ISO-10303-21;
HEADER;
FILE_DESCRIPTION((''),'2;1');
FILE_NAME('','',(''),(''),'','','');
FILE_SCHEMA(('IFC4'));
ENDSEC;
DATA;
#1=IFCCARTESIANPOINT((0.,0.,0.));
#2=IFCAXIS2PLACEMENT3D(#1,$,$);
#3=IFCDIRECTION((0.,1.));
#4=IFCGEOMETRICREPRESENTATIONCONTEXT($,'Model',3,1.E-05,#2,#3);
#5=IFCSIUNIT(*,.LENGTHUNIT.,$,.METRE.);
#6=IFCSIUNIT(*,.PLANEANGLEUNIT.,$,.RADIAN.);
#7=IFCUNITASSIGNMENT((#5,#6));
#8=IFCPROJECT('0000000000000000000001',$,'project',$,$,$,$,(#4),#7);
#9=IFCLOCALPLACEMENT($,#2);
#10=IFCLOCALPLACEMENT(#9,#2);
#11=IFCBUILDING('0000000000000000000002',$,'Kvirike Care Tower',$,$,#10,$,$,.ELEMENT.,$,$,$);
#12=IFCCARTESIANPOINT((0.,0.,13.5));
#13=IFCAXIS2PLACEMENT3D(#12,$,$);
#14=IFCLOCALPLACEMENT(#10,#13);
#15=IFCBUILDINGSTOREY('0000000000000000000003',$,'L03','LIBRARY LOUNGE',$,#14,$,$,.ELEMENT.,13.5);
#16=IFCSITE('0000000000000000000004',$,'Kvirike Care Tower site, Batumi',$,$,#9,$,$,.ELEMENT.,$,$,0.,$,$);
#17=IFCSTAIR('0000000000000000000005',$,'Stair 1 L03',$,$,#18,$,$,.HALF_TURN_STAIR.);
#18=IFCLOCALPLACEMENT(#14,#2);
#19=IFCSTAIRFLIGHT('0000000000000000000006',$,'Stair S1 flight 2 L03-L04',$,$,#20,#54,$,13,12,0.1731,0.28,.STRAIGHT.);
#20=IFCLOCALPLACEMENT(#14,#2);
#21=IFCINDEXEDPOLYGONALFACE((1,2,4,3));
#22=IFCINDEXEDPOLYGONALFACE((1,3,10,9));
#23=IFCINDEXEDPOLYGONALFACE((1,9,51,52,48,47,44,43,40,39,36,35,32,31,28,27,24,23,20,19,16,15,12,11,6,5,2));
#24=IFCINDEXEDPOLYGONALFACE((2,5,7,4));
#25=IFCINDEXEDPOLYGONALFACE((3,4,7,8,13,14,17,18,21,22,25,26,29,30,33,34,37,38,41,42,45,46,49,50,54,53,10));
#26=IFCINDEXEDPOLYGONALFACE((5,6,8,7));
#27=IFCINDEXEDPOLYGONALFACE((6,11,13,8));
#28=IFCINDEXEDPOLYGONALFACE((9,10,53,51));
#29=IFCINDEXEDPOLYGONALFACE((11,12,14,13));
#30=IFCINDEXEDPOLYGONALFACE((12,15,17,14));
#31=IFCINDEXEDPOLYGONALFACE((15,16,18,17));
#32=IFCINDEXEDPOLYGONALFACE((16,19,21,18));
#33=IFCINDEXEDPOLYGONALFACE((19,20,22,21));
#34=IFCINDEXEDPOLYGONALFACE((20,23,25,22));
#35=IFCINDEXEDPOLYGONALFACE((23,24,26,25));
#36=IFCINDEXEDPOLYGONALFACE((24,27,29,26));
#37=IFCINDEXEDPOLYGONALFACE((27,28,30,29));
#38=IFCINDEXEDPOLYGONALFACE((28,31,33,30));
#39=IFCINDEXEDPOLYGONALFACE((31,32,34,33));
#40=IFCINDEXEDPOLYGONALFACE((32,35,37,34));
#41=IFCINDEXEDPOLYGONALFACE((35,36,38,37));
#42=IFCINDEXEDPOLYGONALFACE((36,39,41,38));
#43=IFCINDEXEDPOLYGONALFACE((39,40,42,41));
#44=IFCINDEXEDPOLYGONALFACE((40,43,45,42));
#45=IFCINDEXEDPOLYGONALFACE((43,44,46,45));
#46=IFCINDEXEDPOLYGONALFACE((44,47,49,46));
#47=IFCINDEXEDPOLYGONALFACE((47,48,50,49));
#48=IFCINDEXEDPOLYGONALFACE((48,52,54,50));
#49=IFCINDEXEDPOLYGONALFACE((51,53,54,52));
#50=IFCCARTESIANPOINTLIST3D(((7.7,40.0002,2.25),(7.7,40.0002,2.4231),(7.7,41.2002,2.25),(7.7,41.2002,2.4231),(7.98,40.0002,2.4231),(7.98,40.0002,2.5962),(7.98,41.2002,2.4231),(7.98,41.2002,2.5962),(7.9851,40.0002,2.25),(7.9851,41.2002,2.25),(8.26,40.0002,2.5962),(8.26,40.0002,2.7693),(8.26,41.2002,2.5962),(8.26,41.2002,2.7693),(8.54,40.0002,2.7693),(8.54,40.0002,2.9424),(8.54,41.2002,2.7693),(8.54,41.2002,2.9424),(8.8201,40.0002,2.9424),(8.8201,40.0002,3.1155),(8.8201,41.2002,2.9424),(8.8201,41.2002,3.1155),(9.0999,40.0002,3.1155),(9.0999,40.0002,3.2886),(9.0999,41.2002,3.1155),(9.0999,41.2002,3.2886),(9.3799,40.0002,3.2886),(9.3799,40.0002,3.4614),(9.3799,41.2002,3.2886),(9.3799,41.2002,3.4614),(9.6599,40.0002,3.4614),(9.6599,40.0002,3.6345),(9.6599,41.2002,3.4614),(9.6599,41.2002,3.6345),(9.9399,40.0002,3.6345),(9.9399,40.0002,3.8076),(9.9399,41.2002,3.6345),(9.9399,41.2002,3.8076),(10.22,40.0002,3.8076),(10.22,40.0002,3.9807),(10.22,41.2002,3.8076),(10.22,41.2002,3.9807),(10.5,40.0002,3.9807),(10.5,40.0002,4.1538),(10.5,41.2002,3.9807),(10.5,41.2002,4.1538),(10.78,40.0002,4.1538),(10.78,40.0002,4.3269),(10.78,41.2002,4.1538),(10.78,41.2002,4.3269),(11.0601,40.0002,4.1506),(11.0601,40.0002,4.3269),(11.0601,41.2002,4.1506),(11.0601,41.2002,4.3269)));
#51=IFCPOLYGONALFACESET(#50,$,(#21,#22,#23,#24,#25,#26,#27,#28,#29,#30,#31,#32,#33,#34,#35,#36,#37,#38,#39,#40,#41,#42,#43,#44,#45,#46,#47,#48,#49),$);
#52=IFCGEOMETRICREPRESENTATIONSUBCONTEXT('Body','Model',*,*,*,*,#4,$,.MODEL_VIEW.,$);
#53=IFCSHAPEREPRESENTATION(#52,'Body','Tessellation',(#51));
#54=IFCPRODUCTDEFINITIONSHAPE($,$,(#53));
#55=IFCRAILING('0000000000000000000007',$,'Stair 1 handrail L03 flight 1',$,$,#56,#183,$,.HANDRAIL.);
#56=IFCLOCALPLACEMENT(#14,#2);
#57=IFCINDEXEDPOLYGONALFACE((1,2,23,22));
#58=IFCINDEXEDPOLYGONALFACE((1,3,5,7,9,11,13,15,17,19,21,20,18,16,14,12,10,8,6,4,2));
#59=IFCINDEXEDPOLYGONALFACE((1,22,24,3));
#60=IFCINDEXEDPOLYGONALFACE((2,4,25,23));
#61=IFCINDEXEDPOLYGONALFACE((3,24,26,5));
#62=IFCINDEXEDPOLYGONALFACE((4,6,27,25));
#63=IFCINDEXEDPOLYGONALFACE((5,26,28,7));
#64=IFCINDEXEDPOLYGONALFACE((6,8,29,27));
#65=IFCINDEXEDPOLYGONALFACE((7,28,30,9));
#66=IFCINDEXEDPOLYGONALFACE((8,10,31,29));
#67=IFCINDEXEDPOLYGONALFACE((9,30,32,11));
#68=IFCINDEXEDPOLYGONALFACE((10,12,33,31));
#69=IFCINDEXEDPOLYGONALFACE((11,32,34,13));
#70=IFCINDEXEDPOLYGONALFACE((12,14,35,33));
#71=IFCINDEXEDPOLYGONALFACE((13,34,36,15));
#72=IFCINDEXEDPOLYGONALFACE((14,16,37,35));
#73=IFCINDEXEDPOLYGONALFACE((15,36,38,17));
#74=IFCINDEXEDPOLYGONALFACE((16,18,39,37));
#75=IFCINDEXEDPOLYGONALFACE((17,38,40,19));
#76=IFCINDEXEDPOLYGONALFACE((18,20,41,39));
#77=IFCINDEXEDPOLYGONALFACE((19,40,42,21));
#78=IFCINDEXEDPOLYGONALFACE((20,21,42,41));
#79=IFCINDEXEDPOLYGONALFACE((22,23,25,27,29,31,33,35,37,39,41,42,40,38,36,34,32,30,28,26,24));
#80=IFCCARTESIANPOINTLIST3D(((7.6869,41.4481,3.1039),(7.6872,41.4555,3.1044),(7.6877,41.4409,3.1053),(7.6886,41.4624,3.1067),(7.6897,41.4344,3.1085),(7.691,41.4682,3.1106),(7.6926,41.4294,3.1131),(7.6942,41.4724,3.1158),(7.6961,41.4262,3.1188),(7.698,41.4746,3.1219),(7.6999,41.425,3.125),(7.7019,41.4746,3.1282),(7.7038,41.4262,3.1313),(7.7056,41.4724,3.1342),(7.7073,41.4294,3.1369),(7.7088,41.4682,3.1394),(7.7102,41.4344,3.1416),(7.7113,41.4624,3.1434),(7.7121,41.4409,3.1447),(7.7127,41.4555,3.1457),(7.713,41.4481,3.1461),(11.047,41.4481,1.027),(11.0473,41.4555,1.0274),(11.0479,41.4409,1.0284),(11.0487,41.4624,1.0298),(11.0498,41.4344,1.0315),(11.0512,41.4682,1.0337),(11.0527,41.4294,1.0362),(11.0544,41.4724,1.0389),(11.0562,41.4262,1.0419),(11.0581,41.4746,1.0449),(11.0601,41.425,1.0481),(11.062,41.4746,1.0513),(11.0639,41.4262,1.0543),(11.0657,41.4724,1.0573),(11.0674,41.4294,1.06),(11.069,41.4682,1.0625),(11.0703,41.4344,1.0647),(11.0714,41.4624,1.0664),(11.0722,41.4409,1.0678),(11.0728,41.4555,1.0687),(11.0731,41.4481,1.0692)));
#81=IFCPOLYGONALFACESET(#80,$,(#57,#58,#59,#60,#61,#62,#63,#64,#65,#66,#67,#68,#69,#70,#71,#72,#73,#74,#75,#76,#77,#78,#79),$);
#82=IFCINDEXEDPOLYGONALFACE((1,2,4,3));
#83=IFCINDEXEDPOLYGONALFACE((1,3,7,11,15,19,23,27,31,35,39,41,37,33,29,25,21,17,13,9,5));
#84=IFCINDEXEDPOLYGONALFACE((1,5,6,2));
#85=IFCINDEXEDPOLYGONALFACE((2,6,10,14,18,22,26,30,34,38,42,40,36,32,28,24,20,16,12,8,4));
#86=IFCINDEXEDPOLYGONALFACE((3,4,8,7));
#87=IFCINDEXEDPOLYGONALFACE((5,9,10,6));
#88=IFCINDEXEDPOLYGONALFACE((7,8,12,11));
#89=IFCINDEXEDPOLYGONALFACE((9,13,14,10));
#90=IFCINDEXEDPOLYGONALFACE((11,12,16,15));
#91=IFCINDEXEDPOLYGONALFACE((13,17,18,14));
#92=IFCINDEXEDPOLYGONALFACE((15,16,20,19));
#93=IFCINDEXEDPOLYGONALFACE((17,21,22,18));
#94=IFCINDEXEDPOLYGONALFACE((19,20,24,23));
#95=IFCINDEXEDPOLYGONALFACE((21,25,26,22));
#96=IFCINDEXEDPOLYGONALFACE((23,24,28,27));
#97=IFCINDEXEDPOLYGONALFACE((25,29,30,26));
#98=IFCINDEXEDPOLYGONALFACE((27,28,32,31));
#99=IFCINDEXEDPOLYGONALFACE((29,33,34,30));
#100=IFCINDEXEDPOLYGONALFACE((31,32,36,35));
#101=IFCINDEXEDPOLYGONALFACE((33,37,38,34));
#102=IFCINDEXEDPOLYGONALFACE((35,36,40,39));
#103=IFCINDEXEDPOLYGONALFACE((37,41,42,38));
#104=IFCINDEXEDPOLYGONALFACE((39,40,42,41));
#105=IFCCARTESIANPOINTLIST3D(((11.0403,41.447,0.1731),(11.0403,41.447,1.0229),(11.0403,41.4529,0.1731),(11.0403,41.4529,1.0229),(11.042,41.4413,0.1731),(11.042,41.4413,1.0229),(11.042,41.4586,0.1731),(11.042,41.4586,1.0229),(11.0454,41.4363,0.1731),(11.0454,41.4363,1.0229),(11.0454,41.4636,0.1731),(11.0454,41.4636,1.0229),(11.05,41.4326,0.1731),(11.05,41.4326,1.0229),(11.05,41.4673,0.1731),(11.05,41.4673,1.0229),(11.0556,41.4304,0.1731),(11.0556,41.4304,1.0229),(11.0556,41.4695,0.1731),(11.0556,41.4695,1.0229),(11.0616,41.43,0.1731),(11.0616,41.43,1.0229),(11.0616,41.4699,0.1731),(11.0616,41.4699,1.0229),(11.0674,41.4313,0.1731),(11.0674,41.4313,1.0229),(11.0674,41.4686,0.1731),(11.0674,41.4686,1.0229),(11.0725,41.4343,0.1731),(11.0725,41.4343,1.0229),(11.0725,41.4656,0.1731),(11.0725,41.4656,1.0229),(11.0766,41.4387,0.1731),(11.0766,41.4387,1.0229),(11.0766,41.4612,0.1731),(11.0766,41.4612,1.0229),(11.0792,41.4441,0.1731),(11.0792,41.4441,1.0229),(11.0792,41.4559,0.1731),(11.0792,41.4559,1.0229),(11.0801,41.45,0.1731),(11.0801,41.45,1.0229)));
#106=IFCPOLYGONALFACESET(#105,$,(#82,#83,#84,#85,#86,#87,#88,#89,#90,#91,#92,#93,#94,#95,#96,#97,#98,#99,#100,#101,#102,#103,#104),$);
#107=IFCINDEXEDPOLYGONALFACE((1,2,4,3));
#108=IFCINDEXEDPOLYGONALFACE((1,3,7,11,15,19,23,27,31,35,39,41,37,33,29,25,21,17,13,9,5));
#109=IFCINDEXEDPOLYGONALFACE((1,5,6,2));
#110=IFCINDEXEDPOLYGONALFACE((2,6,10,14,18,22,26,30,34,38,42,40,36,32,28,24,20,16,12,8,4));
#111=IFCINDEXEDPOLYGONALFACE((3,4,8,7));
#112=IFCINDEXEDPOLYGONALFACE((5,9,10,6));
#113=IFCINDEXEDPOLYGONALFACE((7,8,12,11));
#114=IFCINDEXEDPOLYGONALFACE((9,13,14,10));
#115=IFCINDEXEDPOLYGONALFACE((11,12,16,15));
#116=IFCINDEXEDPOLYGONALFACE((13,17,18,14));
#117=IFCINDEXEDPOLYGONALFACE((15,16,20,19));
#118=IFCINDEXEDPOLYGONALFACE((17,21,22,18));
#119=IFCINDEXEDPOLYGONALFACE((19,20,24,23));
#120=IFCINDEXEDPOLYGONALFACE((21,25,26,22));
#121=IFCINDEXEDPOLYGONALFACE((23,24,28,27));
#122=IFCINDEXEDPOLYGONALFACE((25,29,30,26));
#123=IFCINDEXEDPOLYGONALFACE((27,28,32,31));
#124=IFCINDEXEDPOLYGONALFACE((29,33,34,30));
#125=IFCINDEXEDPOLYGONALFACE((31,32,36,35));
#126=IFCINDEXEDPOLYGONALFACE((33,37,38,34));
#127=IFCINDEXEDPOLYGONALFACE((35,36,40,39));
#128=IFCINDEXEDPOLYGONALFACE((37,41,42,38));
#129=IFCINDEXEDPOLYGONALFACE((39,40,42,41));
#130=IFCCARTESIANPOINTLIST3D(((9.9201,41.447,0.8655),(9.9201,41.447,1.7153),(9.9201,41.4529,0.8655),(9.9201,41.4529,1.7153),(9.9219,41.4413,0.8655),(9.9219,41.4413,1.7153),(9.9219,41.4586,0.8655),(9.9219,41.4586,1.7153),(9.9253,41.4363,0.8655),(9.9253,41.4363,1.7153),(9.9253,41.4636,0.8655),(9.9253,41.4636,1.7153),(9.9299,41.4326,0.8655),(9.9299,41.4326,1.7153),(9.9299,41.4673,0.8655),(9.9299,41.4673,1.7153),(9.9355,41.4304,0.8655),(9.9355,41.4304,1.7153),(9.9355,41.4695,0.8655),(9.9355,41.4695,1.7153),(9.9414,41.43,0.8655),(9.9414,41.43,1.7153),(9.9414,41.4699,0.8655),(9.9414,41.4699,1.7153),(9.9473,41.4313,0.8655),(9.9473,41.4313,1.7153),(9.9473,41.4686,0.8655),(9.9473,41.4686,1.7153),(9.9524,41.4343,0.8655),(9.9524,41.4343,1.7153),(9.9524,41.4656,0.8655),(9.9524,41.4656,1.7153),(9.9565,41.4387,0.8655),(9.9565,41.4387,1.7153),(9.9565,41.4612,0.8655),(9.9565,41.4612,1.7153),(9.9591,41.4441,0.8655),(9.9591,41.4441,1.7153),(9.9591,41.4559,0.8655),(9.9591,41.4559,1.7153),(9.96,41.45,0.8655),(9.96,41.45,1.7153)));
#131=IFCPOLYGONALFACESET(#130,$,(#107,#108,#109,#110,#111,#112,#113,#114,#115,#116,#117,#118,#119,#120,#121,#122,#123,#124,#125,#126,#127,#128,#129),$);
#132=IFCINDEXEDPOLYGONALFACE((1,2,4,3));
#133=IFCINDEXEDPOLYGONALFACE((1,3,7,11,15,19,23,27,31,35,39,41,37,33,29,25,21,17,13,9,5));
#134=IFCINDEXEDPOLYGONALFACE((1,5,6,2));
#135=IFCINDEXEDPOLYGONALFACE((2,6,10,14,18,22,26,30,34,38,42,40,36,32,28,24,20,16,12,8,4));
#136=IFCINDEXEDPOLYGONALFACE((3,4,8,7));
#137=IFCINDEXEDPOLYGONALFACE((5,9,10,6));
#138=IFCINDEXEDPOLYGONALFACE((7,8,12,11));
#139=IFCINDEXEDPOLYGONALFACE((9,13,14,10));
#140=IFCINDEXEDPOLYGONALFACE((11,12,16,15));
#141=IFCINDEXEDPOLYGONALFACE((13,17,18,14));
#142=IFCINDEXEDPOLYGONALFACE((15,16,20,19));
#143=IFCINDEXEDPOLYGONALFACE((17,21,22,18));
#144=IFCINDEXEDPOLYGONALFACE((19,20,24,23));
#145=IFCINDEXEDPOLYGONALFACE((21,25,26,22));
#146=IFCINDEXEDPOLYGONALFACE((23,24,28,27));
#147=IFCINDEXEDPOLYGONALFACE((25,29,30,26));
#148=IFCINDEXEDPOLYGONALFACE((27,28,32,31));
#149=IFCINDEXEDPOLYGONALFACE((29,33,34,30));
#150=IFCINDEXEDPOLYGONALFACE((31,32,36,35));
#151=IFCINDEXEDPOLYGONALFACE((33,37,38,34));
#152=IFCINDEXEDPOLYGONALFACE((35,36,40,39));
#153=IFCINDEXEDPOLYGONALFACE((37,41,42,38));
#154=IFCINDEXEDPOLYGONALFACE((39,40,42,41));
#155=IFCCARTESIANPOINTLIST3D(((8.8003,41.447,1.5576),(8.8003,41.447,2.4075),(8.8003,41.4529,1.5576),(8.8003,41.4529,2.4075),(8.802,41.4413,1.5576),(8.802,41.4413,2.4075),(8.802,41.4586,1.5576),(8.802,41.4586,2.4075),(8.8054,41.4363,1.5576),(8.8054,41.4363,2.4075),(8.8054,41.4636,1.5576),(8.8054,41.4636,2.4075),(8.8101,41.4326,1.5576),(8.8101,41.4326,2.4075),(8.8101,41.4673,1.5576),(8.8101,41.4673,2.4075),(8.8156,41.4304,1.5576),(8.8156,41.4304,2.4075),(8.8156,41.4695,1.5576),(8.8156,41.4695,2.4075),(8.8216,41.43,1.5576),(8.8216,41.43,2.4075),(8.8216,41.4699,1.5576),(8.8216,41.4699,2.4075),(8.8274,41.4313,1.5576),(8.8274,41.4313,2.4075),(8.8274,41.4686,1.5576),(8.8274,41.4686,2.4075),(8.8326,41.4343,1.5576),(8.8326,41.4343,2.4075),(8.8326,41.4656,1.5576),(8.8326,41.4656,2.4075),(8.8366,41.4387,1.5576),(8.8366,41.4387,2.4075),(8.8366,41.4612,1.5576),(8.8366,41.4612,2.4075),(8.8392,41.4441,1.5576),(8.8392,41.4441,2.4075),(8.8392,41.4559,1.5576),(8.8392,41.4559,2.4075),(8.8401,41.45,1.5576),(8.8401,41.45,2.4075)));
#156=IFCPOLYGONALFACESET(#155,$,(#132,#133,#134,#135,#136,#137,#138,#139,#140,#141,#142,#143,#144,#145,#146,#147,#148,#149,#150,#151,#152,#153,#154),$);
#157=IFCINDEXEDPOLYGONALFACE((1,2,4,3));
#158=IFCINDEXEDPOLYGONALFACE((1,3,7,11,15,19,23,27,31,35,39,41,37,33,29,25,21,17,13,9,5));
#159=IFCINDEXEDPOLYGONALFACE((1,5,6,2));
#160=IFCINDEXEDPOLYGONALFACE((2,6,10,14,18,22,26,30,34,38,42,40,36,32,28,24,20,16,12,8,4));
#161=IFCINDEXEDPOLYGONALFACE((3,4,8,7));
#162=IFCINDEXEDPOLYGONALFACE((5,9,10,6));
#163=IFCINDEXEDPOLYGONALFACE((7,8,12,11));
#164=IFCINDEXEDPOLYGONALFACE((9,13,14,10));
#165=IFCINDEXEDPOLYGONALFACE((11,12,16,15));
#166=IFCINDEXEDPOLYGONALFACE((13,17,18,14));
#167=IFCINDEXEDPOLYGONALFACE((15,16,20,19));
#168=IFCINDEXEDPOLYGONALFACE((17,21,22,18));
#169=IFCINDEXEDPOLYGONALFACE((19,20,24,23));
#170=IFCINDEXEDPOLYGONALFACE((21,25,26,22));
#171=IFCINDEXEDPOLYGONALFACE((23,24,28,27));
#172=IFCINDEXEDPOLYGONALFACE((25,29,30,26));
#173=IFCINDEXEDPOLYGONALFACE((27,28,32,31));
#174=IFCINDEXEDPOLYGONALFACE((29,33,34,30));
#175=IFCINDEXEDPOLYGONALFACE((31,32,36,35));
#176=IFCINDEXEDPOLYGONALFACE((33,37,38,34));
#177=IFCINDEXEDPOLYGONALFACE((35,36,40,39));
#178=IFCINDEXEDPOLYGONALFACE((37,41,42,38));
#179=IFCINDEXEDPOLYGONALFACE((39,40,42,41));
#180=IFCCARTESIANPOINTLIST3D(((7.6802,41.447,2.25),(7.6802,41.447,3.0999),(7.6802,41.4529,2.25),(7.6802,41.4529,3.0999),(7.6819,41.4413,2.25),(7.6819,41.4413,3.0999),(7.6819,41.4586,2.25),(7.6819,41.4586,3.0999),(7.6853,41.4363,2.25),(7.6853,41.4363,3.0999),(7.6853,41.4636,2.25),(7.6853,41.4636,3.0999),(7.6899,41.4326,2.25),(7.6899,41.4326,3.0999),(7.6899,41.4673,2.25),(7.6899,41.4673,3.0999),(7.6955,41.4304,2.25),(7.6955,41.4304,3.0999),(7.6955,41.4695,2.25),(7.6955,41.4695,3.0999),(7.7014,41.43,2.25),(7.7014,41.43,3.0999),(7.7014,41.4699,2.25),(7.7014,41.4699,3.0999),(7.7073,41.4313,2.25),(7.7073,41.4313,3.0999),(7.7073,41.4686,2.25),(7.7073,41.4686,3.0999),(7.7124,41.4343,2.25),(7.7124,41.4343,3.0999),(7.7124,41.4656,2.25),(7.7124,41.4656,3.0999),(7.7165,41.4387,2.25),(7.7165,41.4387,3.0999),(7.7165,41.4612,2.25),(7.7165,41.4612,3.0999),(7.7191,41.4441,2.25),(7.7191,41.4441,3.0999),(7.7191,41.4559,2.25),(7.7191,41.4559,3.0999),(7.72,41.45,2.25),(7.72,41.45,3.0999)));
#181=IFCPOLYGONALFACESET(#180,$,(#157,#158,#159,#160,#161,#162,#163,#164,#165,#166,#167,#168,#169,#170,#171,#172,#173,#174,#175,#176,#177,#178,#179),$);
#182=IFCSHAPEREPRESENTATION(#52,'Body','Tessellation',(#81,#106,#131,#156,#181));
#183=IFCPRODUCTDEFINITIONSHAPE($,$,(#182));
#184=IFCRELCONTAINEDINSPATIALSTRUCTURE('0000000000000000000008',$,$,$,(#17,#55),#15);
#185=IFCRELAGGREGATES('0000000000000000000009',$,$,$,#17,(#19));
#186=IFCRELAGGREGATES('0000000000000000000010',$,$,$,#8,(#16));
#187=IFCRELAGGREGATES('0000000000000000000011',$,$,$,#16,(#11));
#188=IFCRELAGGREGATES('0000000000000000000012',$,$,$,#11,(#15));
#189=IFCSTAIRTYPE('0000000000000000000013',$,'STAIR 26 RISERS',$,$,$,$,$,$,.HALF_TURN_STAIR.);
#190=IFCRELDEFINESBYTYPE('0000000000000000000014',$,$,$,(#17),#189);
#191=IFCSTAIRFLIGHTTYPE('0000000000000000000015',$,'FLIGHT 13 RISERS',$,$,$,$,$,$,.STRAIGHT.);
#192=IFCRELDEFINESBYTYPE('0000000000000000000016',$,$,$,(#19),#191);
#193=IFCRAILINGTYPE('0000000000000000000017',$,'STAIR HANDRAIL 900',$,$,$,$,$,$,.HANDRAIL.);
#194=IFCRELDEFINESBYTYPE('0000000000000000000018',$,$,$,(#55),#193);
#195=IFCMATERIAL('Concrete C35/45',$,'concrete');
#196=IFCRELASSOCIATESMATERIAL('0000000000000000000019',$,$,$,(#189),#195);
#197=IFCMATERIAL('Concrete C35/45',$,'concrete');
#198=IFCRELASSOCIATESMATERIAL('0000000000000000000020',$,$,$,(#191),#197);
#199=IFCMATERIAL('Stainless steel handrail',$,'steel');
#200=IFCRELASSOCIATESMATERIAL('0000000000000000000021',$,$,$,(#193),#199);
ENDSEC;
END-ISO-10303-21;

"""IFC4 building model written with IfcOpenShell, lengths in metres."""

from ifc_helpers import new_model, si_unit, direction, frame, origin, origin_2d, place, context, subcontext, project, spatial, polyline, circle, outline, extrude, material, type_object, element, aggregate, save


model = new_model("IFC4")

# Units and contexts
model_context = context("Model", 3, precision=1e-05, world=origin(), true_north=direction((0.0, 1.0)))
body_context = subcontext(model_context, "Body", "Model", "MODEL_VIEW")
ifc_project = project(units=[si_unit("LENGTHUNIT", "METRE"), si_unit("PLANEANGLEUNIT", "RADIAN")], contexts=[model_context])

# Site, building, storey
site_placement = place(None, origin())
site = spatial("IfcSite", under=ifc_project, at=site_placement, Name="Kvirike Care Tower site, Batumi", CompositionType="ELEMENT", RefElevation=0.0)
building_placement = place(site_placement, origin())
building = spatial("IfcBuilding", under=site, at=building_placement, Name="Kvirike Care Tower", CompositionType="ELEMENT")
storey_placement = place(building_placement, frame((0.0, 0.0, 13.5)))
storey = spatial("IfcBuildingStorey", under=building, at=storey_placement, Name="L03", Description="LIBRARY LOUNGE", CompositionType="ELEMENT", Elevation=13.5)

# Stair, stair flight
ifc_material_1 = material(Name="Concrete C35/45", Category="concrete")
stair_type = type_object("IfcStairType", Name="STAIR 26 RISERS", PredefinedType="HALF_TURN_STAIR", material=ifc_material_1)
stair_placement = place(storey_placement, origin())
stair = element("IfcStair", 1, at=stair_placement, inside=storey, type_object=stair_type, Name="Stair 1 L03", PredefinedType="HALF_TURN_STAIR")
ifc_material_2 = material(Name="Concrete C35/45", Category="concrete")
stair_flight_type = type_object("IfcStairFlightType", Name="FLIGHT 13 RISERS", PredefinedType="STRAIGHT", material=ifc_material_2)
stair_flight_1_placement = place(storey_placement, frame((7.7, 40.6001, 2.25), z_axis=(0.0, 0.0, 1.0), x_axis=(1.0, 0.0, 0.0)))
stair_flight_1 = element("IfcStairFlight", 2, at=stair_flight_1_placement, type_object=stair_flight_type, Name="Stair S1 flight 2 L03-L04", NumberOfRisers=13, NumberOfTreads=12, PredefinedType="STRAIGHT", RiserHeight=0.1731, TreadLength=0.28, context=body_context, shape_type="SweptSolid", body=[
    extrude(outline(polyline([(0.0, 0.0), (0.0, 0.1731), (0.28, 0.1731), (0.28, 0.3462), (0.5601, 0.3462), (0.5601, 0.5193), (0.8401, 0.5193), (0.8401, 0.6924), (1.1201, 0.6924), (1.1201, 0.8655), (1.3999, 0.8655), (1.3999, 1.0386), (1.6799, 1.0386), (1.6799, 1.2114), (1.96, 1.2114), (1.96, 1.3845), (2.24, 1.3845), (2.24, 1.5576), (2.52, 1.5576), (2.52, 1.7307), (2.8, 1.7307), (2.8, 1.9038), (3.0801, 1.9038), (3.0801, 2.0769), (3.3601, 2.0769), (3.3601, 2.25), (3.3601, 1.9006), (0.2852, 0.0), (0.0, 0.0)])), frame((0.0, 0.6001, 0.0), z_axis=(0.0, -1.0, 0.0), x_axis=(1.0, 0.0, 0.0)), (0.0, 0.0, 1.0), 1.2),
])
aggregate(stair, [stair_flight_1])

# Railing
ifc_material_3 = material(Name="Stainless steel handrail", Category="steel")
railing_type = type_object("IfcRailingType", Name="STAIR HANDRAIL 900", PredefinedType="HANDRAIL", material=ifc_material_3)
railing_1_placement = place(storey_placement, frame((11.0601, 41.45, 0.1731)))
element("IfcRailing", 3, at=railing_1_placement, inside=storey, type_object=railing_type, Name="Stair 1 handrail L03 flight 1", PredefinedType="HANDRAIL", context=body_context, shape_type="SweptSolid", body=[
    extrude(circle(Radius=0.0249, at=origin_2d()), frame((0.0, 0.0, 0.875), z_axis=(-0.850623, 0.0, 0.525776), x_axis=(0.0, -1.0, 0.0)), (0.0, 0.0, 1.0), 3.9502),
    extrude(circle(Radius=0.02, at=origin_2d()), origin(), (0.0, 0.0, 1.0), 0.8499),
    extrude(circle(Radius=0.02, at=origin_2d()), frame((-1.1201, 0.0, 0.6924)), (0.0, 0.0, 1.0), 0.8499),
    extrude(circle(Radius=0.02, at=origin_2d()), frame((-2.24, 0.0, 1.3845)), (0.0, 0.0, 1.0), 0.8499),
    extrude(circle(Radius=0.02, at=origin_2d()), frame((-3.3601, 0.0, 2.0769)), (0.0, 0.0, 1.0), 0.8499),
])

save(model, "model.ifc")
